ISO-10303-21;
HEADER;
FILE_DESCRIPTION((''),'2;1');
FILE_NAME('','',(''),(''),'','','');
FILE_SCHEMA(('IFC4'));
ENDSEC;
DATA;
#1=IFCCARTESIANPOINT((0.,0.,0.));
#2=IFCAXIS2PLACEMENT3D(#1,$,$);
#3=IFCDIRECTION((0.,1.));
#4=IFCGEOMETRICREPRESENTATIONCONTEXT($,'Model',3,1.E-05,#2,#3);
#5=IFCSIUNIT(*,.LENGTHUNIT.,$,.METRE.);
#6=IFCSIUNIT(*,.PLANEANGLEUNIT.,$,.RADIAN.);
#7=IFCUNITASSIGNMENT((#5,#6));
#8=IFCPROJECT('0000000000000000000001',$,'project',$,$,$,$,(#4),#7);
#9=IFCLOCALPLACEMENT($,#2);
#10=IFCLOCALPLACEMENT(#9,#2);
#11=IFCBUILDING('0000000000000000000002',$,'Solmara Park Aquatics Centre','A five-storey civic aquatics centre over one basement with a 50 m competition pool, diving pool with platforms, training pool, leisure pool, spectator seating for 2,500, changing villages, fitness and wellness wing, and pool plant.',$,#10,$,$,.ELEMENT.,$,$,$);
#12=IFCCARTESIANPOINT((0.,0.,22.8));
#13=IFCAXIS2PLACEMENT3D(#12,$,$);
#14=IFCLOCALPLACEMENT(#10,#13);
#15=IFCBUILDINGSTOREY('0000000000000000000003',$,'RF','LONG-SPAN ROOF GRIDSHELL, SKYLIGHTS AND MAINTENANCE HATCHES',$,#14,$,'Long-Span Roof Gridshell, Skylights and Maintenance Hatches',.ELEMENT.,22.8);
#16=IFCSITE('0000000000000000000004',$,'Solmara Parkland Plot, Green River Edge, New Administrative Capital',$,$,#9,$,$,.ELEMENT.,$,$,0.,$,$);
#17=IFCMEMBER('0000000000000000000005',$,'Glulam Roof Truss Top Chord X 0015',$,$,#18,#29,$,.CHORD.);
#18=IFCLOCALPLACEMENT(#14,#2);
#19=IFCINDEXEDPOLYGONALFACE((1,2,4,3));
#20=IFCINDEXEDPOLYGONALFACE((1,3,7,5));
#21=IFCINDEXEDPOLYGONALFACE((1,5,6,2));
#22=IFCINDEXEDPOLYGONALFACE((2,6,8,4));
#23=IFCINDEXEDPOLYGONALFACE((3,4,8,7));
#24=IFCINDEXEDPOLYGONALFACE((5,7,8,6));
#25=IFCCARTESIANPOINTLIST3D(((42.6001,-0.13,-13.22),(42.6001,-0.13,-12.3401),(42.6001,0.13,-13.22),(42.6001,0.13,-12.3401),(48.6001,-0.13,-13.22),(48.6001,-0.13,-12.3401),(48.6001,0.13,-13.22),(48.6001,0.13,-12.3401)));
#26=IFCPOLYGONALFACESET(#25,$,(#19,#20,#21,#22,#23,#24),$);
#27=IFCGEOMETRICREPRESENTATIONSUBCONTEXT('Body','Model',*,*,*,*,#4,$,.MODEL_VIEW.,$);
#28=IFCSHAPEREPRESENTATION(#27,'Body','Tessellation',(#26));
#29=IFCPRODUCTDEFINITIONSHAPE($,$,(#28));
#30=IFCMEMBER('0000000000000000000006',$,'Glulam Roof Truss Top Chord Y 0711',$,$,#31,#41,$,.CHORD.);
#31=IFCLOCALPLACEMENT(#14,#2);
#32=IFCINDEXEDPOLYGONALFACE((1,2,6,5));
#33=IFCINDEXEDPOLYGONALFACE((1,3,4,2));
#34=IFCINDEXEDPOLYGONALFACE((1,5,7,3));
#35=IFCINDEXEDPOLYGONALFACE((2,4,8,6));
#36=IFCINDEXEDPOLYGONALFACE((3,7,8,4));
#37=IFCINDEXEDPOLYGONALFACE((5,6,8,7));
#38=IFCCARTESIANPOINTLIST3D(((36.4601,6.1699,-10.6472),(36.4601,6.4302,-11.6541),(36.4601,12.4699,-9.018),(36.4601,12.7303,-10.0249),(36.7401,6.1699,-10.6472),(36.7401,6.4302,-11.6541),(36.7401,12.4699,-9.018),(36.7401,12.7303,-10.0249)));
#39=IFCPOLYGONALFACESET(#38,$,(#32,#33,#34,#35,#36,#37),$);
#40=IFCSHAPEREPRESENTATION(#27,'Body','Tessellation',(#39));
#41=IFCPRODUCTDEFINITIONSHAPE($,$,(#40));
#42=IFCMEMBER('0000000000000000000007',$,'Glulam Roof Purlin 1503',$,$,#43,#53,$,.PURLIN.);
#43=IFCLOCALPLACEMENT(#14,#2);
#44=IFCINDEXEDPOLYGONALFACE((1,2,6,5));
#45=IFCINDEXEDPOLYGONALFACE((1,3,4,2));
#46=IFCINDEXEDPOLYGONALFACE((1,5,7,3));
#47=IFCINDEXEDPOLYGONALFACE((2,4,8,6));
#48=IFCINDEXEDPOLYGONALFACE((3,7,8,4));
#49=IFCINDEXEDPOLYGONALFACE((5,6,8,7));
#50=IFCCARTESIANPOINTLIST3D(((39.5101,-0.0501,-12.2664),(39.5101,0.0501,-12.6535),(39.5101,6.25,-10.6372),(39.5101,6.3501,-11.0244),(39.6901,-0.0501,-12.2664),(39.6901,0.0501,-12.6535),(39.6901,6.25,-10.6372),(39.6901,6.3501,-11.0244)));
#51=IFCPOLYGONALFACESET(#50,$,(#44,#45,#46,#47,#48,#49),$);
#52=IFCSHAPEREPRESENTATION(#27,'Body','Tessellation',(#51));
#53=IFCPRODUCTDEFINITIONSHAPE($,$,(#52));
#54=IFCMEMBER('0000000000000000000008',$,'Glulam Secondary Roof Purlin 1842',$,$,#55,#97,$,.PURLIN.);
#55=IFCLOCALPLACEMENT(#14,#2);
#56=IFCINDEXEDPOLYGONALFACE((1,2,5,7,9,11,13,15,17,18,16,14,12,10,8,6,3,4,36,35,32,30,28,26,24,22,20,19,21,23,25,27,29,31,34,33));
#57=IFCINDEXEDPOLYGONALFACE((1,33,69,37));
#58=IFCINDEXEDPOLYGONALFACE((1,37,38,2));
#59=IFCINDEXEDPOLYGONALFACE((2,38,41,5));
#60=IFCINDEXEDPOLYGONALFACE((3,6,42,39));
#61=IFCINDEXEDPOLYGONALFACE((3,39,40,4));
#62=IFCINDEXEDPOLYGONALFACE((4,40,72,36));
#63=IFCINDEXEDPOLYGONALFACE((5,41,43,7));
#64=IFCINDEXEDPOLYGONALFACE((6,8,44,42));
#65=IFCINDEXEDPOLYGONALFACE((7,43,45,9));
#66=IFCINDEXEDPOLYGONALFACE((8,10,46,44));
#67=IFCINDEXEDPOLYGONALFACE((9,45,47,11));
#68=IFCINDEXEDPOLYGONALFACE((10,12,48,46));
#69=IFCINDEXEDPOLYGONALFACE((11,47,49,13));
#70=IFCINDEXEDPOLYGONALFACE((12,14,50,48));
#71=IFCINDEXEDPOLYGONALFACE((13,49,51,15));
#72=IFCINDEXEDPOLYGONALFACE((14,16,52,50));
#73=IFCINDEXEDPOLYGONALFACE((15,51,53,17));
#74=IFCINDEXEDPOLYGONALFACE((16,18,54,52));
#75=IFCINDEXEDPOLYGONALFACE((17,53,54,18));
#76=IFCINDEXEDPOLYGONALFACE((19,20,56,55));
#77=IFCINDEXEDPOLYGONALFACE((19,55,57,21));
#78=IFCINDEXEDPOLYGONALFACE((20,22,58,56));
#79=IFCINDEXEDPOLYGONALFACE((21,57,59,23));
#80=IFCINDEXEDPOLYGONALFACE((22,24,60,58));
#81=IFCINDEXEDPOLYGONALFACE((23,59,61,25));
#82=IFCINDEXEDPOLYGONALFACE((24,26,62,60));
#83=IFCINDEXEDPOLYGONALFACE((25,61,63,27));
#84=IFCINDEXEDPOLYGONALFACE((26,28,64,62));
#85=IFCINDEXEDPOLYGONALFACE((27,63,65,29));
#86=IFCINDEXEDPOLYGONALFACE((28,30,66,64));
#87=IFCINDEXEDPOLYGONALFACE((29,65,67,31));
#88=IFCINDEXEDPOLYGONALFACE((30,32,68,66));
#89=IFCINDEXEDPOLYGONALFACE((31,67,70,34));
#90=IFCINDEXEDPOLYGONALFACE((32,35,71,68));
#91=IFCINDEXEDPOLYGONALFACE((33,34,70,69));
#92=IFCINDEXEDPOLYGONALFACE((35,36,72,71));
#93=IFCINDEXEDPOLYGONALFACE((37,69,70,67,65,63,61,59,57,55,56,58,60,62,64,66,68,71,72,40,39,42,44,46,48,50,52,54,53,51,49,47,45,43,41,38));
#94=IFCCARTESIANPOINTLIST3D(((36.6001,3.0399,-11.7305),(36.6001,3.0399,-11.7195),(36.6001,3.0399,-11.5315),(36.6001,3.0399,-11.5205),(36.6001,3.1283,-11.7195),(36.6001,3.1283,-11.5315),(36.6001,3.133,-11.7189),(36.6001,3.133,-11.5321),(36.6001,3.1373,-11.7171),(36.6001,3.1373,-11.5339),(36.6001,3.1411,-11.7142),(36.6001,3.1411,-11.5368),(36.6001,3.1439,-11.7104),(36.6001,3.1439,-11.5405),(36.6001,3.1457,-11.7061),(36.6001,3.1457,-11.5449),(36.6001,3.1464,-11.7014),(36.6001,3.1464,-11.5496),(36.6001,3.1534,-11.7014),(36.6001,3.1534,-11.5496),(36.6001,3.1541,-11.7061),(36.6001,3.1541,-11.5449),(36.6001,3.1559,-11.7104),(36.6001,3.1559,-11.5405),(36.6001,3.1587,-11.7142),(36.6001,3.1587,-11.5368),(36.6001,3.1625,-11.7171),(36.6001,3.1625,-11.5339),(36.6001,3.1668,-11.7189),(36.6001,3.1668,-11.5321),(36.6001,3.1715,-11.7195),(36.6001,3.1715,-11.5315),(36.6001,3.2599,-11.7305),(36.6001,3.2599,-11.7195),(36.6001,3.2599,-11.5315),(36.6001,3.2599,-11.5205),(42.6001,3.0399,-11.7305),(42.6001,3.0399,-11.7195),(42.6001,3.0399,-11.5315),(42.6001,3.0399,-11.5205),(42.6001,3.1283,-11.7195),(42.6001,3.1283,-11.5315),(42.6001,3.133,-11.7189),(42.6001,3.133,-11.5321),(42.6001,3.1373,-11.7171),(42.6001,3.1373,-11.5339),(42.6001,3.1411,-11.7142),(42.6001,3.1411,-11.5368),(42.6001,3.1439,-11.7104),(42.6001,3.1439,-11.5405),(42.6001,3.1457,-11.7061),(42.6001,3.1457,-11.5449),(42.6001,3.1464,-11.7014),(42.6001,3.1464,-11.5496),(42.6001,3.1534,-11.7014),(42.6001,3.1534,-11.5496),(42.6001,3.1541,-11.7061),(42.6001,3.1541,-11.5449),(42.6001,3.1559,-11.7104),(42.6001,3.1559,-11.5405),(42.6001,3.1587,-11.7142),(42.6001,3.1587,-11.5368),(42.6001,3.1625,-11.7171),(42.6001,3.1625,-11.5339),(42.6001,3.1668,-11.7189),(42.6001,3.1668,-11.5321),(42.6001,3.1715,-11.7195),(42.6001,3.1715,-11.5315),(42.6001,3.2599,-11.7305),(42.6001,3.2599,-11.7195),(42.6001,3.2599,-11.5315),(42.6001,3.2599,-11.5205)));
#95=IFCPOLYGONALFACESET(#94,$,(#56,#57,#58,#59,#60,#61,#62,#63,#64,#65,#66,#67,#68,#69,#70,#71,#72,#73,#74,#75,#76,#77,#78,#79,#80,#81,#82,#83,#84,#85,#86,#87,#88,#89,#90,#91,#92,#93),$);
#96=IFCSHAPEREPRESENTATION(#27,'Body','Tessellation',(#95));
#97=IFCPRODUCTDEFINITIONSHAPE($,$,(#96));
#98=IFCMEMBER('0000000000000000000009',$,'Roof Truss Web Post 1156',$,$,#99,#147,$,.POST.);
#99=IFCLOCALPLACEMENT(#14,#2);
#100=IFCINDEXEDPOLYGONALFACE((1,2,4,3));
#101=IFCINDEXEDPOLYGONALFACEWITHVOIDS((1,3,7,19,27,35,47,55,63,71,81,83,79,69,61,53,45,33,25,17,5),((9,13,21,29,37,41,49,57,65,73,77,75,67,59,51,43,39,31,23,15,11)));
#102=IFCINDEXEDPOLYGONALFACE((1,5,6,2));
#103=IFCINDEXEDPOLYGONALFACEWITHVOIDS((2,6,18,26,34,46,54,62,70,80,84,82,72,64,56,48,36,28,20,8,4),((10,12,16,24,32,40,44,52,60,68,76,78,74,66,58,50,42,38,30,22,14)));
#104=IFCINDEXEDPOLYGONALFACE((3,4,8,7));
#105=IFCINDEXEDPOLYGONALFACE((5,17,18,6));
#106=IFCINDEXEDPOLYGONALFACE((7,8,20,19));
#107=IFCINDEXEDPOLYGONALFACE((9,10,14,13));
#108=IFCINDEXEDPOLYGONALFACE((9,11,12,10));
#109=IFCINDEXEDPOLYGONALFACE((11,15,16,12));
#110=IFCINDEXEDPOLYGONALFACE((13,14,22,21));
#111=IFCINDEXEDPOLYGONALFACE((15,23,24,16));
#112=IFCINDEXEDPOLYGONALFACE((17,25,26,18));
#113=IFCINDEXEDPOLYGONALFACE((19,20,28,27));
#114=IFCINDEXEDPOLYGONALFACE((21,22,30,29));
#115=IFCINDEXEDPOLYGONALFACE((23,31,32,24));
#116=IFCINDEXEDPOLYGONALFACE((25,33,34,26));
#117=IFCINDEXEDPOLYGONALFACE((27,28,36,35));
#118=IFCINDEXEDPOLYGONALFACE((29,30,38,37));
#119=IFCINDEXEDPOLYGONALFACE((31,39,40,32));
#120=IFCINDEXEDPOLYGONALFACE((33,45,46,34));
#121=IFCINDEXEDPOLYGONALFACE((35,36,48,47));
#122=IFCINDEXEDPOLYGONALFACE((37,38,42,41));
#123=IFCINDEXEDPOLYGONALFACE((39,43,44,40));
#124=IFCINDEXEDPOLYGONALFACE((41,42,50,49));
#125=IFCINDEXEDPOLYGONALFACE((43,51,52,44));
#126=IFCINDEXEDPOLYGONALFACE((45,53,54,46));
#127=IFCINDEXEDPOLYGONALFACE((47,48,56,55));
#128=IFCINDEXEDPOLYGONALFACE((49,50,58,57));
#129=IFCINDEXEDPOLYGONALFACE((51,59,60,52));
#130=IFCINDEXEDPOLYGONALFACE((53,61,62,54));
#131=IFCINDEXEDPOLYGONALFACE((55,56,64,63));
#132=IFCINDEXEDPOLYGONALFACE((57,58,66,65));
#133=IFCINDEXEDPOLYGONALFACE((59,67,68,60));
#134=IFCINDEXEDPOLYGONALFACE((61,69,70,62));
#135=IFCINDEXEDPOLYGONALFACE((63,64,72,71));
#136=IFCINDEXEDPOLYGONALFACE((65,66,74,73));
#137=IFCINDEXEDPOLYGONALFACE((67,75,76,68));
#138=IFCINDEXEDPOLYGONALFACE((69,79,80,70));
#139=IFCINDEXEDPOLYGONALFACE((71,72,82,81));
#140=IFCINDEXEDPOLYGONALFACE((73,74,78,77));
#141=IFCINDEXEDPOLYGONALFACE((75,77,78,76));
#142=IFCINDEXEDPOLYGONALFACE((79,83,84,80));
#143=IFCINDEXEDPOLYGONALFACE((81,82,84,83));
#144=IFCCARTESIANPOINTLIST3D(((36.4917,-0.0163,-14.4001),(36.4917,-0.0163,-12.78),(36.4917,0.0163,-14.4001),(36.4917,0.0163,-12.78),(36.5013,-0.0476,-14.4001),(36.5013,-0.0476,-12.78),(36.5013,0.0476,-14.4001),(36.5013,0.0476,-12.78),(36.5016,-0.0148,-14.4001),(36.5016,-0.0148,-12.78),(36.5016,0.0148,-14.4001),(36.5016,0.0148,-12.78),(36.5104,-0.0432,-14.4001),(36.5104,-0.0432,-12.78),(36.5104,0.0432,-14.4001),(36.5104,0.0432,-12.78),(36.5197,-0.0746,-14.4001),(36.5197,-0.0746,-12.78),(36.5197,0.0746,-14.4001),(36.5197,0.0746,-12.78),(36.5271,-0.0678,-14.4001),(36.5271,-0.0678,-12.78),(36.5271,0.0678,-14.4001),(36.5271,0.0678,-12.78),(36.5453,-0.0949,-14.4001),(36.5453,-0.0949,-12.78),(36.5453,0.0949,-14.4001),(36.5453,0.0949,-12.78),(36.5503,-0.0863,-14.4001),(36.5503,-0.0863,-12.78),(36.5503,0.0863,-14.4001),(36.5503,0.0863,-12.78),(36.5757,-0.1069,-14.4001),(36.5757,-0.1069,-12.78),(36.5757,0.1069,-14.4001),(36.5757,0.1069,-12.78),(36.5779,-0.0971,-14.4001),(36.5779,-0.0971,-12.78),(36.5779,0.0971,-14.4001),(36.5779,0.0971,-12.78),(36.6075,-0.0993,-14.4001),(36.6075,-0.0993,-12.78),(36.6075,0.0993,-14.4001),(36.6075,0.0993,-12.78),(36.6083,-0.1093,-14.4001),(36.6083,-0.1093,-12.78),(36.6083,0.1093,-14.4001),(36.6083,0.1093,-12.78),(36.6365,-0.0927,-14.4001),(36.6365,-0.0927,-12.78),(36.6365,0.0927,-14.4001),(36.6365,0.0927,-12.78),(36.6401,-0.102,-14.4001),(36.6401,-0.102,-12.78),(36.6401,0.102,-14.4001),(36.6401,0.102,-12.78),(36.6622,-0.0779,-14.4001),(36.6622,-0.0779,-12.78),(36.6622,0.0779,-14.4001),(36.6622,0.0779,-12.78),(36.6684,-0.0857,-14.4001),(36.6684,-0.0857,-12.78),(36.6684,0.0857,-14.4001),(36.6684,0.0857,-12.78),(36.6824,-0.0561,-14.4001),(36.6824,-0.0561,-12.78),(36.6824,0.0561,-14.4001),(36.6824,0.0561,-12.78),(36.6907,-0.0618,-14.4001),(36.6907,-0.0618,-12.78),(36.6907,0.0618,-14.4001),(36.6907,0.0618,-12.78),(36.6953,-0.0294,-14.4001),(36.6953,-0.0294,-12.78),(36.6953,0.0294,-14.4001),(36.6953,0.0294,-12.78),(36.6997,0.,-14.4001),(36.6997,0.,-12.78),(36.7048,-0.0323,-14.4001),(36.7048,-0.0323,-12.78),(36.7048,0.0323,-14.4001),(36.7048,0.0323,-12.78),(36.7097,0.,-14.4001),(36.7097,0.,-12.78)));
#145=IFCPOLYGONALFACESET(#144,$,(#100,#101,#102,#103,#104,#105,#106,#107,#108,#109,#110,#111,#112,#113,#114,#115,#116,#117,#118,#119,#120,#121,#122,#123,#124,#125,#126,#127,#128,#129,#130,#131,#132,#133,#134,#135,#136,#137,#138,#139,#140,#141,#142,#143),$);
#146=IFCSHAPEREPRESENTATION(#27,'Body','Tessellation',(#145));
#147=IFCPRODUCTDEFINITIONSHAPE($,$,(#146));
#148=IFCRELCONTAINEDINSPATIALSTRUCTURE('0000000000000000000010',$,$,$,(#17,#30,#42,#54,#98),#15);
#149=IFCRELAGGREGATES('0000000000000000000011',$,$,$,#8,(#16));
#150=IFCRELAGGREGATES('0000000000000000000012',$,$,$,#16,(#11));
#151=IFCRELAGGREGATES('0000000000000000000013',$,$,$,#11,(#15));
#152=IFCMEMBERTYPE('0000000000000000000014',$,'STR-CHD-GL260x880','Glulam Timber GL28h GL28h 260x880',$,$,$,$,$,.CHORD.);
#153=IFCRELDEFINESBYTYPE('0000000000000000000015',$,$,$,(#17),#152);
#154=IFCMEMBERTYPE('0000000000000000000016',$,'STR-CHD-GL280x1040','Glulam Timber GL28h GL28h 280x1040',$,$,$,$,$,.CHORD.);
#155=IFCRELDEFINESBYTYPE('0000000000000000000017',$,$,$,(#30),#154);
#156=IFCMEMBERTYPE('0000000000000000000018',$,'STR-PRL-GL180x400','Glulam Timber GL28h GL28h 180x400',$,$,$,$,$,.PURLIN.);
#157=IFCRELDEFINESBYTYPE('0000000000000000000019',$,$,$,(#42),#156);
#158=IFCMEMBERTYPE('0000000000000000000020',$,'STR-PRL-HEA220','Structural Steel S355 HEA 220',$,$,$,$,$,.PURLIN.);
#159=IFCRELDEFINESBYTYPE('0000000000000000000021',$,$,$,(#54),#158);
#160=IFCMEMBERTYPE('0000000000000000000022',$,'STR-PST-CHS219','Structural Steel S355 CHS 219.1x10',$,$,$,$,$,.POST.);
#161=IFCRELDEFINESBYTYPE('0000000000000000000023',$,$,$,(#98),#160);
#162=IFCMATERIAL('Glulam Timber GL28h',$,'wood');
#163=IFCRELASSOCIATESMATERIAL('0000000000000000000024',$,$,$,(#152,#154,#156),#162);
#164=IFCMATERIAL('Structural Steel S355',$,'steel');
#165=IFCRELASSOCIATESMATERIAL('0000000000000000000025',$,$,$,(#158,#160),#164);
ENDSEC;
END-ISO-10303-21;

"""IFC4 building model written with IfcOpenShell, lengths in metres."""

from ifc_helpers import new_model, si_unit, direction, frame, origin, origin_2d, place, context, subcontext, project, spatial, rectangle, hollow_circle, i_section, extrude, material, material_profile, profile_set, type_object, element, save


model = new_model("IFC4")

# Units and contexts
model_context = context("Model", 3, precision=1e-05, world=origin(), true_north=direction((0.0, 1.0)))
body_context = subcontext(model_context, "Body", "Model", "MODEL_VIEW")
ifc_project = project(units=[si_unit("LENGTHUNIT", "METRE"), si_unit("PLANEANGLEUNIT", "RADIAN")], contexts=[model_context])

# Site, building, storey
site_placement = place(None, origin())
site = spatial("IfcSite", under=ifc_project, at=site_placement, Name="Solmara Parkland Plot, Green River Edge, New Administrative Capital", CompositionType="ELEMENT", RefElevation=0.0)
building_placement = place(site_placement, origin())
building = spatial("IfcBuilding", under=site, at=building_placement, Name="Solmara Park Aquatics Centre", Description="A five-storey civic aquatics centre over one basement with a 50 m competition pool, diving pool with platforms, training pool, leisure pool, spectator seating for 2,500, changing villages, fitness and wellness wing, and pool plant.", CompositionType="ELEMENT")
storey_placement = place(building_placement, frame((0.0, 0.0, 22.8)))
storey = spatial("IfcBuildingStorey", under=building, at=storey_placement, Name="RF", Description="LONG-SPAN ROOF GRIDSHELL, SKYLIGHTS AND MAINTENANCE HATCHES", LongName="Long-Span Roof Gridshell, Skylights and Maintenance Hatches", CompositionType="ELEMENT", Elevation=22.8)

# Members
ifc_material_1 = material(Name="Structural Steel S355", Category="steel")
ifc_material_2 = material(Name="Glulam Timber GL28h", Category="wood")
ifc_material_profile_1 = material_profile(ifc_material_2, rectangle(XDim=0.26, YDim=0.8799, at=origin_2d()), Name="GL28h 260x880")
ifc_profile_set_1 = profile_set([ifc_material_profile_1], Name="Glulam Timber GL28h")
member_type_1 = type_object("IfcMemberType", Name="STR-CHD-GL260x880", Description="Glulam Timber GL28h GL28h 260x880", PredefinedType="CHORD", material=ifc_profile_set_1)
member_1_placement = place(storey_placement, frame((42.6001, 0.0, -12.78), z_axis=(1.0, 0.0, 0.0), x_axis=(0.0, 1.0, 0.0)))
element("IfcMember", 1, at=member_1_placement, inside=storey, type_object=member_type_1, Name="Glulam Roof Truss Top Chord X 0015", PredefinedType="CHORD", context=body_context, shape_type="SweptSolid", body=[
    extrude(rectangle(XDim=0.26, YDim=0.8799, at=origin_2d()), origin(), (0.0, 0.0, 1.0), 6.0),
])
ifc_material_profile_2 = material_profile(ifc_material_2, rectangle(XDim=0.28, YDim=1.04, at=origin_2d()), Name="GL28h 280x1040")
ifc_profile_set_2 = profile_set([ifc_material_profile_2], Name="Glulam Timber GL28h")
member_type_2 = type_object("IfcMemberType", Name="STR-CHD-GL280x1040", Description="Glulam Timber GL28h GL28h 280x1040", PredefinedType="CHORD", material=ifc_profile_set_2)
member_2_placement = place(storey_placement, frame((36.6001, 6.3, -11.1506), z_axis=(0.0, 0.968153, 0.250358), x_axis=(-1.0, 0.0, 0.0)))
element("IfcMember", 2, at=member_2_placement, inside=storey, type_object=member_type_2, Name="Glulam Roof Truss Top Chord Y 0711", PredefinedType="CHORD", context=body_context, shape_type="SweptSolid", body=[
    extrude(rectangle(XDim=0.28, YDim=1.04, at=origin_2d()), origin(), (0.0, 0.0, 1.0), 6.5073),
])
ifc_material_profile_3 = material_profile(ifc_material_2, rectangle(XDim=0.1799, YDim=0.3999, at=origin_2d()), Name="GL28h 180x400")
ifc_profile_set_3 = profile_set([ifc_material_profile_3], Name="Glulam Timber GL28h")
member_type_3 = type_object("IfcMemberType", Name="STR-PRL-GL180x400", Description="Glulam Timber GL28h GL28h 180x400", PredefinedType="PURLIN", material=ifc_profile_set_3)
member_3_placement = place(storey_placement, frame((39.6001, 0.0, -12.46), z_axis=(0.0, 0.968153, 0.250358), x_axis=(-1.0, 0.0, 0.0)))
element("IfcMember", 3, at=member_3_placement, inside=storey, type_object=member_type_3, Name="Glulam Roof Purlin 1503", PredefinedType="PURLIN", context=body_context, shape_type="SweptSolid", body=[
    extrude(rectangle(XDim=0.1799, YDim=0.3999, at=origin_2d()), origin(), (0.0, 0.0, 1.0), 6.5073),
])
ifc_material_profile_4 = material_profile(ifc_material_1, i_section(OverallWidth=0.22, OverallDepth=0.21, WebThickness=0.0071, FlangeThickness=0.011, FilletRadius=0.0181, at=origin_2d()), Name="HEA 220")
ifc_profile_set_4 = profile_set([ifc_material_profile_4], Name="Structural Steel S355")
member_type_4 = type_object("IfcMemberType", Name="STR-PRL-HEA220", Description="Structural Steel S355 HEA 220", PredefinedType="PURLIN", material=ifc_profile_set_4)
member_4_placement = place(storey_placement, frame((36.6001, 3.1499, -11.6255), z_axis=(1.0, 0.0, 0.0), x_axis=(0.0, 1.0, 0.0)))
element("IfcMember", 4, at=member_4_placement, inside=storey, type_object=member_type_4, Name="Glulam Secondary Roof Purlin 1842", PredefinedType="PURLIN", context=body_context, shape_type="SweptSolid", body=[
    extrude(i_section(OverallWidth=0.22, OverallDepth=0.21, WebThickness=0.0071, FlangeThickness=0.011, FilletRadius=0.0181, at=origin_2d()), origin(), (0.0, 0.0, 1.0), 6.0),
])
ifc_material_profile_5 = material_profile(ifc_material_1, hollow_circle(Radius=0.1096, WallThickness=0.01, at=origin_2d()), Name="CHS 219.1x10")
ifc_profile_set_5 = profile_set([ifc_material_profile_5], Name="Structural Steel S355")
member_type_5 = type_object("IfcMemberType", Name="STR-PST-CHS219", Description="Structural Steel S355 CHS 219.1x10", PredefinedType="POST", material=ifc_profile_set_5)
for number, where, z_axis, x_axis, name in (
    (5, (36.6001, 0.0, -14.4001), (0.0, 0.0, 1.0), (1.0, 0.0, 0.0), "Roof Truss Web Post 1156"),
):
    element("IfcMember", number, at=place(storey_placement, frame(where, z_axis=z_axis, x_axis=x_axis)), inside=storey, type_object=member_type_5, Name=name, PredefinedType="POST", context=body_context, shape_type="SweptSolid", body=[
        extrude(hollow_circle(Radius=0.1096, WallThickness=0.01, at=origin_2d()), origin(), (0.0, 0.0, 1.0), 1.6201),
    ])

save(model, "model.ifc")
